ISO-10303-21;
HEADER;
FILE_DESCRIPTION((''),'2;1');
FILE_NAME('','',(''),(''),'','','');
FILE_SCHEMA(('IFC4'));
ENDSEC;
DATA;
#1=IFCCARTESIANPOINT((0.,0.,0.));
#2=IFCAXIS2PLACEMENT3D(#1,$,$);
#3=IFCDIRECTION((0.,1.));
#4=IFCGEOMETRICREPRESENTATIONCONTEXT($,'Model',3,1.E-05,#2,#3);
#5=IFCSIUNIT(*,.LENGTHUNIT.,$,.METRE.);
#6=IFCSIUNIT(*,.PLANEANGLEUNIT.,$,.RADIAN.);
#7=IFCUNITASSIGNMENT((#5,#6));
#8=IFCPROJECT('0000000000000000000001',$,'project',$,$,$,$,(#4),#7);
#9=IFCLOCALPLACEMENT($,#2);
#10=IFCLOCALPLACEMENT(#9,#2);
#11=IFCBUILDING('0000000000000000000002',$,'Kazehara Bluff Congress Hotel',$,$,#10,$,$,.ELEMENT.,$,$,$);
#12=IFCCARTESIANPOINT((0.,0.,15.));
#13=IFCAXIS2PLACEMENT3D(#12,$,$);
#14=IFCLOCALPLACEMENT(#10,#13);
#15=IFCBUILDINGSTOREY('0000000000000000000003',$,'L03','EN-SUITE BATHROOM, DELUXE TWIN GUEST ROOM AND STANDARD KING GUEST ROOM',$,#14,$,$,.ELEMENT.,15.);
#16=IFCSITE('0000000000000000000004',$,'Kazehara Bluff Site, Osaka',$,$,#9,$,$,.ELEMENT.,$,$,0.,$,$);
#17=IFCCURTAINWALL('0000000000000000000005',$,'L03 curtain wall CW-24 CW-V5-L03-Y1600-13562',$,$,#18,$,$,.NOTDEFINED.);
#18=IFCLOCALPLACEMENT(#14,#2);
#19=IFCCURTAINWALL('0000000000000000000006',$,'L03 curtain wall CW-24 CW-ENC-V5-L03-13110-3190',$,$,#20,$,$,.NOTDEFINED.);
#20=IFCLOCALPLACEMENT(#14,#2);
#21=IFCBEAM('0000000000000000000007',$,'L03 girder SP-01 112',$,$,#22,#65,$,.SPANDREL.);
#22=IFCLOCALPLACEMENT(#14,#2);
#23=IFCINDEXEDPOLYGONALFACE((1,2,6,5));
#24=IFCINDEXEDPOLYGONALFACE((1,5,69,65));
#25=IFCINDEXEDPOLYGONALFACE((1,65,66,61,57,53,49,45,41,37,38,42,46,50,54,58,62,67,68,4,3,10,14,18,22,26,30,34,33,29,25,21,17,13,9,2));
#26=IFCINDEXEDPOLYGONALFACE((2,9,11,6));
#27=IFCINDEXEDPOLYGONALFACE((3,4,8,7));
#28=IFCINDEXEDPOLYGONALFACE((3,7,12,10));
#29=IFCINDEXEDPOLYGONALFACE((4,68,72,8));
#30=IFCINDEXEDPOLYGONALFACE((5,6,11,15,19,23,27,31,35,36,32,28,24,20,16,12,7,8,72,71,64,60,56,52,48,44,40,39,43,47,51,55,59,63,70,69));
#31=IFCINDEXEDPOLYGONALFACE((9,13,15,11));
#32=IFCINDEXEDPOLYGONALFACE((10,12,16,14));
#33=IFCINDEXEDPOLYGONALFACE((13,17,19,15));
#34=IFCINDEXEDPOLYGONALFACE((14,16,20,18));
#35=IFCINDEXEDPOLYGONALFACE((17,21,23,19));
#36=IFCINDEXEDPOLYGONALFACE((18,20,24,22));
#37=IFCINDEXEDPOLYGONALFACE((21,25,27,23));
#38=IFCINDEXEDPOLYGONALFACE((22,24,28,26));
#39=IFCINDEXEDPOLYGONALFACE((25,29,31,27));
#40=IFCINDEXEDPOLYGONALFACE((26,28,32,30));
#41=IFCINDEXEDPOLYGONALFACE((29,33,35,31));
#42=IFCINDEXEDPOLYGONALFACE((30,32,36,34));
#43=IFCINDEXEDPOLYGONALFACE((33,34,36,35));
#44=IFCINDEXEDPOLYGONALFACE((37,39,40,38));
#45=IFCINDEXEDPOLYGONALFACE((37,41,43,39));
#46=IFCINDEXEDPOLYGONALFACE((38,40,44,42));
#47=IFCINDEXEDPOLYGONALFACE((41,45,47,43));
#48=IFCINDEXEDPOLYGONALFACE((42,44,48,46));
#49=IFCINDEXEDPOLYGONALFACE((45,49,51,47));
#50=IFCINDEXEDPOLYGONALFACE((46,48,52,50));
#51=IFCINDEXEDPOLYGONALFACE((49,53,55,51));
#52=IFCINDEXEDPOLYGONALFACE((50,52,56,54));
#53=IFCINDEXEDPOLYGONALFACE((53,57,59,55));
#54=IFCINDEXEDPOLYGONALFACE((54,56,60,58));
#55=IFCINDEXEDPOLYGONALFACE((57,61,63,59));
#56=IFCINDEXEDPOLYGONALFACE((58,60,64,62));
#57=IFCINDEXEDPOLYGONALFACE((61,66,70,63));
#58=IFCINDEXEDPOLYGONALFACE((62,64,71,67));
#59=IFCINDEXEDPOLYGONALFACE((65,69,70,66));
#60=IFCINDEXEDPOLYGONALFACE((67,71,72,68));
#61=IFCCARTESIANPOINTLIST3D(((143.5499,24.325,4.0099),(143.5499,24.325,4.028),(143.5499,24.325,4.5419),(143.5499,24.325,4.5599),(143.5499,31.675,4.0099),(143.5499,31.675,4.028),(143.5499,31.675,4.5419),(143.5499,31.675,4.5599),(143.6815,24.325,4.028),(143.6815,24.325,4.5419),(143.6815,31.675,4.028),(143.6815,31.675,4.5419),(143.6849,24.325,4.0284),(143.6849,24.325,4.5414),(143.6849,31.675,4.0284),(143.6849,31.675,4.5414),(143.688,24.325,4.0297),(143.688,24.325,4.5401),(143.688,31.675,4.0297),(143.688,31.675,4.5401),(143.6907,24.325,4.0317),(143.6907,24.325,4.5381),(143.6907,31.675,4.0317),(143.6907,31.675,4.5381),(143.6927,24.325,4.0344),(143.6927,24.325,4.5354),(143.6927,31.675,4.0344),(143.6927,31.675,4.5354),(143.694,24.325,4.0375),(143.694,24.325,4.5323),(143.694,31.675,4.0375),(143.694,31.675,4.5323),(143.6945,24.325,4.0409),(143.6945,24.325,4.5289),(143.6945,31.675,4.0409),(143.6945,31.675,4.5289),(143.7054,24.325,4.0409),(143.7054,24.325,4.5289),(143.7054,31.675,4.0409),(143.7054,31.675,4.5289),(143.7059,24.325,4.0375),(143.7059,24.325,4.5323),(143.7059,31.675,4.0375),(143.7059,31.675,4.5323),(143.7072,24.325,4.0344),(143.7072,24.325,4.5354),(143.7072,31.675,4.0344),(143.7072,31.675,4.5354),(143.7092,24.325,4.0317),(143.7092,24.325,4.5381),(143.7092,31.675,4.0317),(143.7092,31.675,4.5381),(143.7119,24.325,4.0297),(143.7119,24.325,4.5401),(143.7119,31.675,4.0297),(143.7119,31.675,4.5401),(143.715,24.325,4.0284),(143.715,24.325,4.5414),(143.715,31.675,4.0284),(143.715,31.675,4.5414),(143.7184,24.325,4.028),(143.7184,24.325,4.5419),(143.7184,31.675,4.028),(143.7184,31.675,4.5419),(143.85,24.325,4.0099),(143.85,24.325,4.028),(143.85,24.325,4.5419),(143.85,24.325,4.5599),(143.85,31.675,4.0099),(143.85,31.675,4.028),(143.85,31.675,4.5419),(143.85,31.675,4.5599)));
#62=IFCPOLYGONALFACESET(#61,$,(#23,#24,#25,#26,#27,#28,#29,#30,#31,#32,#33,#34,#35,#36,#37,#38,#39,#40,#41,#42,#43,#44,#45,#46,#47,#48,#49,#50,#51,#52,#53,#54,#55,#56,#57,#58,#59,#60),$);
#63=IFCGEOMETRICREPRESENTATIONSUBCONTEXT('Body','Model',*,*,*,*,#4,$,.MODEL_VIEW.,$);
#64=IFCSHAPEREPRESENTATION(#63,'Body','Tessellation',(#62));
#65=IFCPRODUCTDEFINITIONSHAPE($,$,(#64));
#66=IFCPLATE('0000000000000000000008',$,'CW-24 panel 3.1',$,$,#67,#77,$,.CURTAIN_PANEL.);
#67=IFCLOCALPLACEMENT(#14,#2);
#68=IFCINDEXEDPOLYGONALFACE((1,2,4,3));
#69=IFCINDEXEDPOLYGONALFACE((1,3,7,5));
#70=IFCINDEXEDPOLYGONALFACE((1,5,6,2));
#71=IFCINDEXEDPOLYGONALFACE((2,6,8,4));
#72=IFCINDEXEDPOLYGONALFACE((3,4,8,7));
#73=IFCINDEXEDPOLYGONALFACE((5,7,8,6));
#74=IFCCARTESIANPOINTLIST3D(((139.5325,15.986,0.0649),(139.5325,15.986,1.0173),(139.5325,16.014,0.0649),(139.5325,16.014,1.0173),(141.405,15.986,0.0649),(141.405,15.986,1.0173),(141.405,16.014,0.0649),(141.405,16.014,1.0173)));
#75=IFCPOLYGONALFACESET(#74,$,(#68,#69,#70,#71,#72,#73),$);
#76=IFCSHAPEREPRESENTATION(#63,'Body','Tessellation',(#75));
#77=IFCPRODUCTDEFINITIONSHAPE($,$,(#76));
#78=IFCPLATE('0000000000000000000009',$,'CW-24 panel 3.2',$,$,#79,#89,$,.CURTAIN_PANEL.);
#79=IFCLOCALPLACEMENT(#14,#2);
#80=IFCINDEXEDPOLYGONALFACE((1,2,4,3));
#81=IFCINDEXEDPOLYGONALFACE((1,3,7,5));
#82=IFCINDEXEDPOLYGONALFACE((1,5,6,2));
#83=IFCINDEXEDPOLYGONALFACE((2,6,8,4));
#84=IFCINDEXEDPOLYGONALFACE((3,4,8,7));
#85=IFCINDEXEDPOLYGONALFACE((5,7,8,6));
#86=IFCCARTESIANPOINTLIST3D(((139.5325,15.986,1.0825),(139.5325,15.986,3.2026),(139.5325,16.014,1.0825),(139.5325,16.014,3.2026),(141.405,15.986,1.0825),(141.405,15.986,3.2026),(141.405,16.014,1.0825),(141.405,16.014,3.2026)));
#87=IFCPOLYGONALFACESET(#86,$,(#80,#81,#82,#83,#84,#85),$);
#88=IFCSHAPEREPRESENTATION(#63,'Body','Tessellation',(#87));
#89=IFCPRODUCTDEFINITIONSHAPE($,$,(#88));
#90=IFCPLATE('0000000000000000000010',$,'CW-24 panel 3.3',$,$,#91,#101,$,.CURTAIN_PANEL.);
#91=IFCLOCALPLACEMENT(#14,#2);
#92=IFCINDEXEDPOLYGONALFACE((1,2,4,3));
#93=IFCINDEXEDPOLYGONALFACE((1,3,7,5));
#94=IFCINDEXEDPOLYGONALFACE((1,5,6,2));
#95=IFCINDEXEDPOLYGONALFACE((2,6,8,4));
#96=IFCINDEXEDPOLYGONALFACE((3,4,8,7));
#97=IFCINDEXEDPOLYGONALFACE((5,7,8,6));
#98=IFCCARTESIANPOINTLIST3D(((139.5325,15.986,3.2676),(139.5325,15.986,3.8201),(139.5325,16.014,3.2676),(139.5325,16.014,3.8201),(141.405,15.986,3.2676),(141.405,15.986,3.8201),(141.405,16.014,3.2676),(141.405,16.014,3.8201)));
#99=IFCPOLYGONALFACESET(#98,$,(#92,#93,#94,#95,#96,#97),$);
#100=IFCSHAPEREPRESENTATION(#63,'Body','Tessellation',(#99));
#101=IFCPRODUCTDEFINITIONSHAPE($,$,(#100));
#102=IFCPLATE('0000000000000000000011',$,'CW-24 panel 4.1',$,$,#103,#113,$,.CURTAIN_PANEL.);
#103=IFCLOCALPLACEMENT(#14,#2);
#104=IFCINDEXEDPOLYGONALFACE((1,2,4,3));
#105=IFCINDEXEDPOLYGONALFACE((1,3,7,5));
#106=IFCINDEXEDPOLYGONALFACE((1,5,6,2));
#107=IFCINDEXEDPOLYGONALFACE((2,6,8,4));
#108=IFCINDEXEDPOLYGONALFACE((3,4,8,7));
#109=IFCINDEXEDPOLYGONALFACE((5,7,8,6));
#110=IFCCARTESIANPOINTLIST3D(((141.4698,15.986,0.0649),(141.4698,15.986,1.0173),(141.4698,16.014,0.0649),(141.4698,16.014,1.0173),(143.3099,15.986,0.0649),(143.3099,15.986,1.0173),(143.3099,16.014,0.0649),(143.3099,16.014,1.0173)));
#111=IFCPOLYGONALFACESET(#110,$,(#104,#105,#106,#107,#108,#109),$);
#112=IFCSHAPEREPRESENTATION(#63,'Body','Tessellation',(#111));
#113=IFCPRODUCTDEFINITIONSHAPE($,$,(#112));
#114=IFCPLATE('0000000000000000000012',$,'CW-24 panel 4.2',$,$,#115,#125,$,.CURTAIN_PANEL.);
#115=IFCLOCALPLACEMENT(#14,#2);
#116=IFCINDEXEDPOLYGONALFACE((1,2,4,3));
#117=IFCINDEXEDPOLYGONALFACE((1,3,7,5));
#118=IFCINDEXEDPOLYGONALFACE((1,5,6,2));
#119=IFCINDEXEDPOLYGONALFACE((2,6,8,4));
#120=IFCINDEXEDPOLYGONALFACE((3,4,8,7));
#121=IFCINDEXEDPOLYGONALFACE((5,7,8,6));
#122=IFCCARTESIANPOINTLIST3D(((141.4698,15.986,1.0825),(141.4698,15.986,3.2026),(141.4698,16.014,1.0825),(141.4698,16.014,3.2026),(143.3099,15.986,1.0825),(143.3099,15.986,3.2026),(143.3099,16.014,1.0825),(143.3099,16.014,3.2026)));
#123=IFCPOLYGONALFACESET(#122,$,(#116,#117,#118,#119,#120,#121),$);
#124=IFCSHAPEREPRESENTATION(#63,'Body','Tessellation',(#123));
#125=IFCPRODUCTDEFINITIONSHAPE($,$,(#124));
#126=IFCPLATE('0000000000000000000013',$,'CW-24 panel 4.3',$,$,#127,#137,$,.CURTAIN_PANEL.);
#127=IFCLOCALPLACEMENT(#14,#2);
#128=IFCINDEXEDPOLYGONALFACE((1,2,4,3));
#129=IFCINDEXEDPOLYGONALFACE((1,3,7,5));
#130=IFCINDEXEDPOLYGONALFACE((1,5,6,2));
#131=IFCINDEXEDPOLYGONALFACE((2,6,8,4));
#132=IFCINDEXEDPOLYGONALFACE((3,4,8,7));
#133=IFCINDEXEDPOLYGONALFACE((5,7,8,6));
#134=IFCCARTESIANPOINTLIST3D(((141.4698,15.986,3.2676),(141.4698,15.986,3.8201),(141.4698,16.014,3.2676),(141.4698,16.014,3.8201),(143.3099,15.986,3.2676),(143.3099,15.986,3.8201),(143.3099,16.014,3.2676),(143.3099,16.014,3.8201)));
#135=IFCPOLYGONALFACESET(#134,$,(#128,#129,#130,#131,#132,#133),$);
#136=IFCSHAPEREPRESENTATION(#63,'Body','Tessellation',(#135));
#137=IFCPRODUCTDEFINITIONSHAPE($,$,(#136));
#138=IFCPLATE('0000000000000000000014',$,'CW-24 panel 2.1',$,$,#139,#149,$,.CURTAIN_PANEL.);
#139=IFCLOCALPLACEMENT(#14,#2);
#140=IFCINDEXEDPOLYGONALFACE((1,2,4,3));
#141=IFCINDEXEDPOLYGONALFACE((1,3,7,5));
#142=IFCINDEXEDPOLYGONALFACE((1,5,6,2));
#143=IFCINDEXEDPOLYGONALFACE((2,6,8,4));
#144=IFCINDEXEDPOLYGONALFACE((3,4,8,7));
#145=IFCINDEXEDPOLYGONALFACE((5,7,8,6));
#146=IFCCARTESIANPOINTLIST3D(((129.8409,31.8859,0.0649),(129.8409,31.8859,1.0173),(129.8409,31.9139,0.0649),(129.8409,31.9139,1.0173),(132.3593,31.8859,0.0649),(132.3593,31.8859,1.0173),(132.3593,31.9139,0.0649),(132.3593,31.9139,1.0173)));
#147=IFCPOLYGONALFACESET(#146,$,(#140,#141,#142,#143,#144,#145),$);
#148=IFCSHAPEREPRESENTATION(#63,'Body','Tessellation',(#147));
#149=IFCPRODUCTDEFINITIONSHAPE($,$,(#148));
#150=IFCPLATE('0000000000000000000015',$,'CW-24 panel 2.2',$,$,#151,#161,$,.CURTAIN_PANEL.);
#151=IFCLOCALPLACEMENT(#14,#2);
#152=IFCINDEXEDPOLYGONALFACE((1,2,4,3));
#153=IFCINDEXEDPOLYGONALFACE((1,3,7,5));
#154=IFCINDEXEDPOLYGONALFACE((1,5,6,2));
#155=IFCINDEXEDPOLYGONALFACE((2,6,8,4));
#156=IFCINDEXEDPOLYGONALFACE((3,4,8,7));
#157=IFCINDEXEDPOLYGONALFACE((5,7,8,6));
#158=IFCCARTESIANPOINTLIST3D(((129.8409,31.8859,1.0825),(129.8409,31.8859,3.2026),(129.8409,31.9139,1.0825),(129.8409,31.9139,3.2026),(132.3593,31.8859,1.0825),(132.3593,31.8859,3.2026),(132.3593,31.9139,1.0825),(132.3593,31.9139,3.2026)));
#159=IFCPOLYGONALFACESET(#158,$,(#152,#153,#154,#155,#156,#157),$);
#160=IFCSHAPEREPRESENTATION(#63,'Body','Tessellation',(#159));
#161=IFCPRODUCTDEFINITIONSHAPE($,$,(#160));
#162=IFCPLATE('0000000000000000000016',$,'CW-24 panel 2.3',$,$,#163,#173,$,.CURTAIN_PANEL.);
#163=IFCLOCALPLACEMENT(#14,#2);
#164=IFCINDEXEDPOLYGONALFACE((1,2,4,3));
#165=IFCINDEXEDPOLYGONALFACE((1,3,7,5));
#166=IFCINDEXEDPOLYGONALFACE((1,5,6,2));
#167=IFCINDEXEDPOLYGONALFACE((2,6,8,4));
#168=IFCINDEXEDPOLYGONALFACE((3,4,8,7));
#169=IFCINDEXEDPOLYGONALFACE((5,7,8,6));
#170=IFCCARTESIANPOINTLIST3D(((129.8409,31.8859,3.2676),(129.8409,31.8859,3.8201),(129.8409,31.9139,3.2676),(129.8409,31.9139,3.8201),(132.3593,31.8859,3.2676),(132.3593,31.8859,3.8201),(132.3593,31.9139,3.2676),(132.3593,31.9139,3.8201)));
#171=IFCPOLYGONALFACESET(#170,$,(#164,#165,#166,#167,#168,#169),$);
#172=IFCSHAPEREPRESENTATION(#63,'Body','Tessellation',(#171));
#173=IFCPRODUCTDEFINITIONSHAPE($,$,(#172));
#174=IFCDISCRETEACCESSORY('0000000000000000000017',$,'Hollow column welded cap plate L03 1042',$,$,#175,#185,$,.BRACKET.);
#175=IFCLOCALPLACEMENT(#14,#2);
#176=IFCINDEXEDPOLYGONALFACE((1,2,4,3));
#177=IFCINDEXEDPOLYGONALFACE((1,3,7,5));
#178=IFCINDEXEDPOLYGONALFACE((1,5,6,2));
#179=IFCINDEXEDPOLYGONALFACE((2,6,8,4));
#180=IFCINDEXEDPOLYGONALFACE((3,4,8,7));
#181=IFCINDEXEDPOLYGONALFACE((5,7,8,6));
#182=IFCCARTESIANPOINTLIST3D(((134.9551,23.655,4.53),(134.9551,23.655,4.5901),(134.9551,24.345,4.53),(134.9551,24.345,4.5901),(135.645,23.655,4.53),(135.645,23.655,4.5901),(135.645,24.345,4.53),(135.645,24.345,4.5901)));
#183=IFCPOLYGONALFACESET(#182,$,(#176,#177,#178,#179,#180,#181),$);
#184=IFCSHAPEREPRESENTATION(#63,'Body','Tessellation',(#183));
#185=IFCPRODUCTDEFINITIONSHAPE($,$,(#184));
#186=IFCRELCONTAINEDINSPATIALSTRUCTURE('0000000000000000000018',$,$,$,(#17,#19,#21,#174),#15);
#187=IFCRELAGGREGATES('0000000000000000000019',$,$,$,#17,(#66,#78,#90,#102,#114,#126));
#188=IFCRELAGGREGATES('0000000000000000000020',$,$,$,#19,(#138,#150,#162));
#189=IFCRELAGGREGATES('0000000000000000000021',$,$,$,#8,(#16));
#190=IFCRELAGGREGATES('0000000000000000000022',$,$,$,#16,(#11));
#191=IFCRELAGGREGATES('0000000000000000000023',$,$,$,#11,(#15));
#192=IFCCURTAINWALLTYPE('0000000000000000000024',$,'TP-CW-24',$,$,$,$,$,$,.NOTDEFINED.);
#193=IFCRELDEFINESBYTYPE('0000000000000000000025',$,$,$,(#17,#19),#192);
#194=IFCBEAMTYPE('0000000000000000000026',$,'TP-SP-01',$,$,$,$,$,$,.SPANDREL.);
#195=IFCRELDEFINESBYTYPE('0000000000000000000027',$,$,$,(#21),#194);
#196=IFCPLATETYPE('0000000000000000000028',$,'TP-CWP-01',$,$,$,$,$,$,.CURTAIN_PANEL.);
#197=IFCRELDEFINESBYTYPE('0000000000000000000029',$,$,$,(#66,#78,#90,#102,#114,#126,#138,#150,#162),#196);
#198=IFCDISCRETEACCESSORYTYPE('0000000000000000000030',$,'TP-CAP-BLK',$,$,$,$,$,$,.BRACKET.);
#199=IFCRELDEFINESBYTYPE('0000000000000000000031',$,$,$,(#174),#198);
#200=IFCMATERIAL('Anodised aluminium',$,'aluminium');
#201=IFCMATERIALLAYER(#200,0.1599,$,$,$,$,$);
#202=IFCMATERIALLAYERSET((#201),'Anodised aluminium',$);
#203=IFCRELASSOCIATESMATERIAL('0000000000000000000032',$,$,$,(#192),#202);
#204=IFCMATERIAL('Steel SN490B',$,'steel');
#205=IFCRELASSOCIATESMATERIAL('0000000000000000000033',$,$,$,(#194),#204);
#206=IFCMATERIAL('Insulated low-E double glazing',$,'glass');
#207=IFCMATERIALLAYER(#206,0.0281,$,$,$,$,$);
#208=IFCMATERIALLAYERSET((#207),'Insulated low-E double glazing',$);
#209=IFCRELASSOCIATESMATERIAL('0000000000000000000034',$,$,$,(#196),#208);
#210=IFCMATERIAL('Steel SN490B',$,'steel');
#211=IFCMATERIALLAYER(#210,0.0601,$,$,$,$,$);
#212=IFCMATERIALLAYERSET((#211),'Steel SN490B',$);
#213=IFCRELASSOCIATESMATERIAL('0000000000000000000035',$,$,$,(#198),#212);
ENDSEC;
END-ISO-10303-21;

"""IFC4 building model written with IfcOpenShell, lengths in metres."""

from ifc_helpers import new_model, si_unit, direction, frame, origin, origin_2d, place, context, subcontext, project, spatial, rectangle, i_section, extrude, material, layer, layer_set, material_profile, profile_set, type_object, element, aggregate, save


model = new_model("IFC4")

# Units and contexts
model_context = context("Model", 3, precision=1e-05, world=origin(), true_north=direction((0.0, 1.0)))
body_context = subcontext(model_context, "Body", "Model", "MODEL_VIEW")
ifc_project = project(units=[si_unit("LENGTHUNIT", "METRE"), si_unit("PLANEANGLEUNIT", "RADIAN")], contexts=[model_context])

# Site, building, storey
site_placement = place(None, origin())
site = spatial("IfcSite", under=ifc_project, at=site_placement, Name="Kazehara Bluff Site, Osaka", CompositionType="ELEMENT", RefElevation=0.0)
building_placement = place(site_placement, origin())
building = spatial("IfcBuilding", under=site, at=building_placement, Name="Kazehara Bluff Congress Hotel", CompositionType="ELEMENT")
storey_placement = place(building_placement, frame((0.0, 0.0, 15.0)))
storey = spatial("IfcBuildingStorey", under=building, at=storey_placement, Name="L03", Description="EN-SUITE BATHROOM, DELUXE TWIN GUEST ROOM AND STANDARD KING GUEST ROOM", CompositionType="ELEMENT", Elevation=15.0)

# Curtain wall
ifc_material_1 = material(Name="Anodised aluminium", Category="aluminium")
ifc_layer_1 = layer(ifc_material_1, 0.1599)
ifc_layer_set_1 = layer_set([ifc_layer_1], Name="Anodised aluminium")
curtain_wall_type = type_object("IfcCurtainWallType", Name="TP-CW-24", PredefinedType="NOTDEFINED", material=ifc_layer_set_1)
curtain_wall_1_placement = place(storey_placement, origin())
curtain_wall_1 = element("IfcCurtainWall", 1, at=curtain_wall_1_placement, inside=storey, type_object=curtain_wall_type, Name="L03 curtain wall CW-24 CW-V5-L03-Y1600-13562", PredefinedType="NOTDEFINED")

# Curtain wall
curtain_wall_2_placement = place(storey_placement, origin())
curtain_wall_2 = element("IfcCurtainWall", 2, at=curtain_wall_2_placement, inside=storey, type_object=curtain_wall_type, Name="L03 curtain wall CW-24 CW-ENC-V5-L03-13110-3190", PredefinedType="NOTDEFINED")

# Beam
ifc_material_2 = material(Name="Steel SN490B", Category="steel")
ifc_material_profile_1 = material_profile(ifc_material_2, i_section(OverallWidth=0.3, OverallDepth=0.55, WebThickness=0.011, FlangeThickness=0.0181, FilletRadius=0.0129, at=origin_2d()))
ifc_profile_set_1 = profile_set([ifc_material_profile_1], Name="Steel SN490B")
beam_type_1 = type_object("IfcBeamType", Name="TP-SP-01", PredefinedType="SPANDREL", material=ifc_profile_set_1)
for number, where, z_axis, x_axis, name in (
    (3, (143.7, 24.325, 4.2849), (0.0, 1.0, 0.0), (-1.0, 0.0, 0.0), "L03 girder SP-01 112"),
):
    element("IfcBeam", number, at=place(storey_placement, frame(where, z_axis=z_axis, x_axis=x_axis)), inside=storey, type_object=beam_type_1, Name=name, PredefinedType="SPANDREL", context=body_context, shape_type="SweptSolid", body=[
        extrude(i_section(OverallWidth=0.3, OverallDepth=0.55, WebThickness=0.011, FlangeThickness=0.0181, FilletRadius=0.0129, at=origin_2d()), origin(), (0.0, 0.0, 1.0), 7.3501),
    ])

# Plates
ifc_material_3 = material(Name="Insulated low-E double glazing", Category="glass")
ifc_layer_2 = layer(ifc_material_3, 0.0281)
ifc_layer_set_2 = layer_set([ifc_layer_2], Name="Insulated low-E double glazing")
plate_type = type_object("IfcPlateType", Name="TP-CWP-01", PredefinedType="CURTAIN_PANEL", material=ifc_layer_set_2)
plate_1_placement = place(storey_placement, frame((140.4688, 16.0, 0.0649), z_axis=(0.0, 0.0, 1.0), x_axis=(1.0, 0.0, 0.0)))
plate_1 = element("IfcPlate", 4, at=plate_1_placement, type_object=plate_type, Name="CW-24 panel 3.1", PredefinedType="CURTAIN_PANEL", context=body_context, shape_type="SweptSolid", body=[
    extrude(rectangle(XDim=1.8726, YDim=0.0281, at=origin_2d()), origin(), (0.0, 0.0, 1.0), 0.9524),
])
plate_2_placement = place(storey_placement, frame((140.4688, 16.0, 1.0825), z_axis=(0.0, 0.0, 1.0), x_axis=(1.0, 0.0, 0.0)))
plate_2 = element("IfcPlate", 5, at=plate_2_placement, type_object=plate_type, Name="CW-24 panel 3.2", PredefinedType="CURTAIN_PANEL", context=body_context, shape_type="SweptSolid", body=[
    extrude(rectangle(XDim=1.8726, YDim=0.0281, at=origin_2d()), origin(), (0.0, 0.0, 1.0), 2.1201),
])
plate_3_placement = place(storey_placement, frame((140.4688, 16.0, 3.2676), z_axis=(0.0, 0.0, 1.0), x_axis=(1.0, 0.0, 0.0)))
plate_3 = element("IfcPlate", 6, at=plate_3_placement, type_object=plate_type, Name="CW-24 panel 3.3", PredefinedType="CURTAIN_PANEL", context=body_context, shape_type="SweptSolid", body=[
    extrude(rectangle(XDim=1.8726, YDim=0.0281, at=origin_2d()), origin(), (0.0, 0.0, 1.0), 0.5525),
])
plate_4_placement = place(storey_placement, frame((142.3899, 16.0, 0.0649), z_axis=(0.0, 0.0, 1.0), x_axis=(1.0, 0.0, 0.0)))
plate_4 = element("IfcPlate", 7, at=plate_4_placement, type_object=plate_type, Name="CW-24 panel 4.1", PredefinedType="CURTAIN_PANEL", context=body_context, shape_type="SweptSolid", body=[
    extrude(rectangle(XDim=1.8401, YDim=0.0281, at=origin_2d()), origin(), (0.0, 0.0, 1.0), 0.9524),
])
plate_5_placement = place(storey_placement, frame((142.3899, 16.0, 1.0825), z_axis=(0.0, 0.0, 1.0), x_axis=(1.0, 0.0, 0.0)))
plate_5 = element("IfcPlate", 8, at=plate_5_placement, type_object=plate_type, Name="CW-24 panel 4.2", PredefinedType="CURTAIN_PANEL", context=body_context, shape_type="SweptSolid", body=[
    extrude(rectangle(XDim=1.8401, YDim=0.0281, at=origin_2d()), origin(), (0.0, 0.0, 1.0), 2.1201),
])
plate_6_placement = place(storey_placement, frame((142.3899, 16.0, 3.2676), z_axis=(0.0, 0.0, 1.0), x_axis=(1.0, 0.0, 0.0)))
plate_6 = element("IfcPlate", 9, at=plate_6_placement, type_object=plate_type, Name="CW-24 panel 4.3", PredefinedType="CURTAIN_PANEL", context=body_context, shape_type="SweptSolid", body=[
    extrude(rectangle(XDim=1.8401, YDim=0.0281, at=origin_2d()), origin(), (0.0, 0.0, 1.0), 0.5525),
])
aggregate(curtain_wall_1, [plate_1, plate_2, plate_3, plate_4, plate_5, plate_6])
plate_7_placement = place(storey_placement, frame((131.1001, 31.8999, 0.0649), z_axis=(0.0, 0.0, 1.0), x_axis=(1.0, 0.0, 0.0)))
plate_7 = element("IfcPlate", 10, at=plate_7_placement, type_object=plate_type, Name="CW-24 panel 2.1", PredefinedType="CURTAIN_PANEL", context=body_context, shape_type="SweptSolid", body=[
    extrude(rectangle(XDim=2.5183, YDim=0.0281, at=origin_2d()), origin(), (0.0, 0.0, 1.0), 0.9524),
])
plate_8_placement = place(storey_placement, frame((131.1001, 31.8999, 1.0825), z_axis=(0.0, 0.0, 1.0), x_axis=(1.0, 0.0, 0.0)))
plate_8 = element("IfcPlate", 11, at=plate_8_placement, type_object=plate_type, Name="CW-24 panel 2.2", PredefinedType="CURTAIN_PANEL", context=body_context, shape_type="SweptSolid", body=[
    extrude(rectangle(XDim=2.5183, YDim=0.0281, at=origin_2d()), origin(), (0.0, 0.0, 1.0), 2.1201),
])
plate_9_placement = place(storey_placement, frame((131.1001, 31.8999, 3.2676), z_axis=(0.0, 0.0, 1.0), x_axis=(1.0, 0.0, 0.0)))
plate_9 = element("IfcPlate", 12, at=plate_9_placement, type_object=plate_type, Name="CW-24 panel 2.3", PredefinedType="CURTAIN_PANEL", context=body_context, shape_type="SweptSolid", body=[
    extrude(rectangle(XDim=2.5183, YDim=0.0281, at=origin_2d()), origin(), (0.0, 0.0, 1.0), 0.5525),
])
aggregate(curtain_wall_2, [plate_7, plate_8, plate_9])

# Discrete accessory
ifc_material_4 = material(Name="Steel SN490B", Category="steel")
ifc_layer_3 = layer(ifc_material_4, 0.0601)
ifc_layer_set_3 = layer_set([ifc_layer_3], Name="Steel SN490B")
discrete_accessory_type = type_object("IfcDiscreteAccessoryType", Name="TP-CAP-BLK", PredefinedType="BRACKET", material=ifc_layer_set_3)
discrete_accessory_placement = place(storey_placement, frame((135.3, 24.0, 4.53), z_axis=(0.0, 0.0, 1.0), x_axis=(1.0, 0.0, 0.0)))
element("IfcDiscreteAccessory", 13, at=discrete_accessory_placement, inside=storey, type_object=discrete_accessory_type, Name="Hollow column welded cap plate L03 1042", PredefinedType="BRACKET", context=body_context, shape_type="SweptSolid", body=[
    extrude(rectangle(XDim=0.6899, YDim=0.6899, at=origin_2d()), origin(), (0.0, 0.0, 1.0), 0.0601),
])

save(model, "model.ifc")
